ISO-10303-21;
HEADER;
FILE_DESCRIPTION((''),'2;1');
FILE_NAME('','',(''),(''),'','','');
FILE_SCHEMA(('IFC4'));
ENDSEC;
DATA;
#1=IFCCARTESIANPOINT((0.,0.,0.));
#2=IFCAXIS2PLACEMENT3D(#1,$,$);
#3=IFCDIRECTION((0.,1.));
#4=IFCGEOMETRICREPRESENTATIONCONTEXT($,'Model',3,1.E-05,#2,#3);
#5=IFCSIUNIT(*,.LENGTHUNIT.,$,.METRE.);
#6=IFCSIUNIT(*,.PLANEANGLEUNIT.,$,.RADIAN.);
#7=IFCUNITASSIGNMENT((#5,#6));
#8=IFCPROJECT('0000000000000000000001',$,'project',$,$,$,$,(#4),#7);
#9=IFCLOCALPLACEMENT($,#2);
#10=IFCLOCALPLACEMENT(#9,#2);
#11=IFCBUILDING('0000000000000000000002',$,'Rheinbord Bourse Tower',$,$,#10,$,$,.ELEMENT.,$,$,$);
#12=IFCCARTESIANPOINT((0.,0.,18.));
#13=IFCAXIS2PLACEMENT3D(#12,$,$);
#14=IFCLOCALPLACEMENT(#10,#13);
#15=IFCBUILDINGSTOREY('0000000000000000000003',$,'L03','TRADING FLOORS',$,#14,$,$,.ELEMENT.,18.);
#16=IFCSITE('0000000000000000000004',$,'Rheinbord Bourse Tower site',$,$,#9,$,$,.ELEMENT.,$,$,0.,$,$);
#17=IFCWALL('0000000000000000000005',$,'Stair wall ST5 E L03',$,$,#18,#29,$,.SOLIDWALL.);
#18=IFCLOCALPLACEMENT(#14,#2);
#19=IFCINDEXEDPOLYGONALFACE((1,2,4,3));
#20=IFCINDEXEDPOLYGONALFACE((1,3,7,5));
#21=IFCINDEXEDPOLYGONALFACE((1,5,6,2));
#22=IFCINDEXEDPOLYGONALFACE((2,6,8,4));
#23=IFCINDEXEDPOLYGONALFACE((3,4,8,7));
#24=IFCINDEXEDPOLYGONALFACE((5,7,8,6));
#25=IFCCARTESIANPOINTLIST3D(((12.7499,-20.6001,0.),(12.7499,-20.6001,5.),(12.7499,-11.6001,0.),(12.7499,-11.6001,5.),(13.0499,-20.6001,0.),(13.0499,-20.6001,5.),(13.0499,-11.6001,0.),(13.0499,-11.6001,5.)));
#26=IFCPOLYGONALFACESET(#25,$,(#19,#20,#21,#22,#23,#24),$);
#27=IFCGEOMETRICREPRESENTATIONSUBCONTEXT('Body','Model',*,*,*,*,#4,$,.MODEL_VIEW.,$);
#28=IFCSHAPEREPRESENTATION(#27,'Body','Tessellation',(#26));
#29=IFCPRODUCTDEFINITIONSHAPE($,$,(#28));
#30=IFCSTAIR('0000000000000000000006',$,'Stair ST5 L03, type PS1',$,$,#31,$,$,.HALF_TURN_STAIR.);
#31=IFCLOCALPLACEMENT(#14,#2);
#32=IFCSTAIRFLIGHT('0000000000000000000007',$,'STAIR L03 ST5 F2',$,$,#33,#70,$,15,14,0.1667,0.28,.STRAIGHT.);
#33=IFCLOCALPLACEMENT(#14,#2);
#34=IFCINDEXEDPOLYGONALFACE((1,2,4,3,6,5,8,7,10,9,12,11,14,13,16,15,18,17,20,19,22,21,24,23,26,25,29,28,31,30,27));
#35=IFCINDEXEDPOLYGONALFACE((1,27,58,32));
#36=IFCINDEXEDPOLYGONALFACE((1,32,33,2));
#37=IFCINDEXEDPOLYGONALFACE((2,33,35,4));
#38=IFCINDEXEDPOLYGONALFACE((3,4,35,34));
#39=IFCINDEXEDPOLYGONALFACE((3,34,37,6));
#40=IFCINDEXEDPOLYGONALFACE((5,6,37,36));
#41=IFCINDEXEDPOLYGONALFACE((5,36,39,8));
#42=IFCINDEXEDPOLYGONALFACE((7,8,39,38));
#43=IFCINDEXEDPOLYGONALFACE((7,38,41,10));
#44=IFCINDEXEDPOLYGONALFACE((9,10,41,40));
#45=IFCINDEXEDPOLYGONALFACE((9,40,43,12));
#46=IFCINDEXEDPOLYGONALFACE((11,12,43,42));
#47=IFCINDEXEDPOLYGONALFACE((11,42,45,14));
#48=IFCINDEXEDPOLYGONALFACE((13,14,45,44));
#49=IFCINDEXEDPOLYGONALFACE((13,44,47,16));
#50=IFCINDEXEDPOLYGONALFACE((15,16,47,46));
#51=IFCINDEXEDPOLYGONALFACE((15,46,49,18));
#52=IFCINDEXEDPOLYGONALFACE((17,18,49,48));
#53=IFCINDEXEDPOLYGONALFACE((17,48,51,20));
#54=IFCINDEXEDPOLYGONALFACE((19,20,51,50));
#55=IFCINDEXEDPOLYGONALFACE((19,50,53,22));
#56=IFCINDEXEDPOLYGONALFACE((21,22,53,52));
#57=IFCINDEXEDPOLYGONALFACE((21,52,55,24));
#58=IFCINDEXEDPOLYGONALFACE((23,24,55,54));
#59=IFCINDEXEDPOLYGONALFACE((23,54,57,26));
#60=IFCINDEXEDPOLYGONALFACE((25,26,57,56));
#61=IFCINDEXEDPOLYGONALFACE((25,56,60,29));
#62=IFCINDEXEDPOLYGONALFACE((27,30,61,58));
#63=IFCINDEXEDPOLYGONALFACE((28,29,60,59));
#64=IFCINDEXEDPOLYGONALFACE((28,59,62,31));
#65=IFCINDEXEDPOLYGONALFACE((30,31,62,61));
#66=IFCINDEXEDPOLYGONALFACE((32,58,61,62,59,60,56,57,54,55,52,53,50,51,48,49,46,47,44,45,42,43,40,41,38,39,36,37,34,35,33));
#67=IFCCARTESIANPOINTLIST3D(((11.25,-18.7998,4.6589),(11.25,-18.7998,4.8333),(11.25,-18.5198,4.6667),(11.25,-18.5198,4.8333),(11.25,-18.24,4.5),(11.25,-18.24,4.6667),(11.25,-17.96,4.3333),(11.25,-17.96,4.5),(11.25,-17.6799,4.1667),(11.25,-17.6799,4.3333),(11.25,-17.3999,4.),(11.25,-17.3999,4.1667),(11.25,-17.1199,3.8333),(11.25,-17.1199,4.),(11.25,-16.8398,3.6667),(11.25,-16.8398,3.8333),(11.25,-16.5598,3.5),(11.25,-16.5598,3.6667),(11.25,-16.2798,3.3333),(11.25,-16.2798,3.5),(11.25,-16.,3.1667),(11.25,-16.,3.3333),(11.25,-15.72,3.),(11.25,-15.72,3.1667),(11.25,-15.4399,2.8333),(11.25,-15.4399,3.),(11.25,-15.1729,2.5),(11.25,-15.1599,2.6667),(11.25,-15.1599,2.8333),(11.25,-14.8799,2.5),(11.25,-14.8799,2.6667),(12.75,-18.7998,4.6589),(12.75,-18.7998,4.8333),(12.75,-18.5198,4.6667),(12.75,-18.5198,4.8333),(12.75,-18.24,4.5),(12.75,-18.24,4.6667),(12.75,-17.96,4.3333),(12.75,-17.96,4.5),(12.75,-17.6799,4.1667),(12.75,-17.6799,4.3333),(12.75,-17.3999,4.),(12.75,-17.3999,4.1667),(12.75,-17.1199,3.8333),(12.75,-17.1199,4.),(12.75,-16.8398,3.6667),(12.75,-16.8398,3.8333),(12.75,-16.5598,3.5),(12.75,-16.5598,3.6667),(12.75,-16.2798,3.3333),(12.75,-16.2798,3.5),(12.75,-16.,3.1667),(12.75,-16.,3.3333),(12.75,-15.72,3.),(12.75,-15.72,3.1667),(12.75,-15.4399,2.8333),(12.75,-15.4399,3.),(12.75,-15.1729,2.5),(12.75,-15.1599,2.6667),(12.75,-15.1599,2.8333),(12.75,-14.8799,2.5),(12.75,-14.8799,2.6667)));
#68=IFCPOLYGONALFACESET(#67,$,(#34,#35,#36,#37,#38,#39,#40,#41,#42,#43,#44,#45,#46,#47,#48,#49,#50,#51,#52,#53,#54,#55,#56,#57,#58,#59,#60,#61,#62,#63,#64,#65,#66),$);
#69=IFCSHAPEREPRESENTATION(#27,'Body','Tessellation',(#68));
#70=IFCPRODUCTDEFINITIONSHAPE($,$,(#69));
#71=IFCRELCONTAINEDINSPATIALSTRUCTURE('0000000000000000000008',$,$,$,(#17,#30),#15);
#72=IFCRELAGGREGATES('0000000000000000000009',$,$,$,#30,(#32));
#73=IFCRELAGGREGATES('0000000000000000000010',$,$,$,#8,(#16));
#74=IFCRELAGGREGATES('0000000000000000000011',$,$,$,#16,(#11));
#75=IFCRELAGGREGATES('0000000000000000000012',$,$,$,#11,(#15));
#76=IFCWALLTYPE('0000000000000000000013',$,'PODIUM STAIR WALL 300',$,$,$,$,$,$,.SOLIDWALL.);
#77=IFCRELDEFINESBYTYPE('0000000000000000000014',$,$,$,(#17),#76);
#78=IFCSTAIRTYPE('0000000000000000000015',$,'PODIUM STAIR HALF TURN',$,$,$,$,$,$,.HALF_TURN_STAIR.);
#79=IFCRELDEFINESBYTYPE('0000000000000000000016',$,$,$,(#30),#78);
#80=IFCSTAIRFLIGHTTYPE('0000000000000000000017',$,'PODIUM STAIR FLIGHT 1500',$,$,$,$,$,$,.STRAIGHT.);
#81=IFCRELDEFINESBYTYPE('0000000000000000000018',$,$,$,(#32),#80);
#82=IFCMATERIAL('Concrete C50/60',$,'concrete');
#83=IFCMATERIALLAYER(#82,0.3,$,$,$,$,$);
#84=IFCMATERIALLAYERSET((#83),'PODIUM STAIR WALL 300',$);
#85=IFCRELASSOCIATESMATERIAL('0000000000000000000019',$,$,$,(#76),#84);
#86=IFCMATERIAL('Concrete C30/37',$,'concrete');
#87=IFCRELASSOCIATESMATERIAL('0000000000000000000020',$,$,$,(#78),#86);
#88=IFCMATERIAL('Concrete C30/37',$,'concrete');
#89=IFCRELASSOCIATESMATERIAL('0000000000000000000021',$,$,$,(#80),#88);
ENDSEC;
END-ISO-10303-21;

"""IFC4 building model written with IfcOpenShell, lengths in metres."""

from ifc_helpers import new_model, si_unit, direction, frame, frame_2d, origin, place, context, subcontext, project, spatial, polyline, rectangle, outline, extrude, material, layer, layer_set, type_object, element, aggregate, save


model = new_model("IFC4")

# Units and contexts
model_context = context("Model", 3, precision=1e-05, world=origin(), true_north=direction((0.0, 1.0)))
body_context = subcontext(model_context, "Body", "Model", "MODEL_VIEW")
ifc_project = project(units=[si_unit("LENGTHUNIT", "METRE"), si_unit("PLANEANGLEUNIT", "RADIAN")], contexts=[model_context])

# Site, building, storey
site_placement = place(None, origin())
site = spatial("IfcSite", under=ifc_project, at=site_placement, Name="Rheinbord Bourse Tower site", CompositionType="ELEMENT", RefElevation=0.0)
building_placement = place(site_placement, origin())
building = spatial("IfcBuilding", under=site, at=building_placement, Name="Rheinbord Bourse Tower", CompositionType="ELEMENT")
storey_placement = place(building_placement, frame((0.0, 0.0, 18.0)))
storey = spatial("IfcBuildingStorey", under=building, at=storey_placement, Name="L03", Description="TRADING FLOORS", CompositionType="ELEMENT", Elevation=18.0)

# Wall
ifc_material_1 = material(Name="Concrete C50/60", Category="concrete")
ifc_layer_1 = layer(ifc_material_1, 0.3)
ifc_layer_set_1 = layer_set([ifc_layer_1], Name="PODIUM STAIR WALL 300")
wall_type = type_object("IfcWallType", Name="PODIUM STAIR WALL 300", PredefinedType="SOLIDWALL", material=ifc_layer_set_1)
wall_placement = place(storey_placement, frame((12.8999, -20.6001, 0.0), z_axis=(0.0, 0.0, 1.0), x_axis=(0.0, 1.0, 0.0)))
element("IfcWall", 1, at=wall_placement, inside=storey, type_object=wall_type, Name="Stair wall ST5 E L03", PredefinedType="SOLIDWALL", context=body_context, shape_type="SweptSolid", body=[
    extrude(rectangle(XDim=9.0, YDim=0.3, at=frame_2d((4.5, 0.0))), origin(), (0.0, 0.0, 1.0), 5.0),
])

# Stair, stair flight
ifc_material_2 = material(Name="Concrete C30/37", Category="concrete")
stair_type = type_object("IfcStairType", Name="PODIUM STAIR HALF TURN", PredefinedType="HALF_TURN_STAIR", material=ifc_material_2)
stair_placement = place(storey_placement, origin())
stair = element("IfcStair", 2, at=stair_placement, inside=storey, type_object=stair_type, Name="Stair ST5 L03, type PS1", PredefinedType="HALF_TURN_STAIR")
ifc_material_3 = material(Name="Concrete C30/37", Category="concrete")
stair_flight_type = type_object("IfcStairFlightType", Name="PODIUM STAIR FLIGHT 1500", PredefinedType="STRAIGHT", material=ifc_material_3)
stair_flight_placement = place(storey_placement, frame((12.0, -14.8799, 2.5), z_axis=(0.0, 0.0, 1.0), x_axis=(0.0, -1.0, 0.0)))
stair_flight = element("IfcStairFlight", 3, at=stair_flight_placement, type_object=stair_flight_type, Name="STAIR L03 ST5 F2", NumberOfRisers=15, NumberOfTreads=14, PredefinedType="STRAIGHT", RiserHeight=0.1667, TreadLength=0.28, context=body_context, shape_type="SweptSolid", body=[
    extrude(outline(polyline([(0.0, 0.0), (0.0, 0.1667), (0.28, 0.1667), (0.28, 0.3333), (0.5601, 0.3333), (0.5601, 0.5), (0.8401, 0.5), (0.8401, 0.6667), (1.1201, 0.6667), (1.1201, 0.8333), (1.3999, 0.8333), (1.3999, 1.0), (1.6799, 1.0), (1.6799, 1.1667), (1.96, 1.1667), (1.96, 1.3333), (2.24, 1.3333), (2.24, 1.5), (2.52, 1.5), (2.52, 1.6667), (2.8, 1.6667), (2.8, 1.8333), (3.0801, 1.8333), (3.0801, 2.0), (3.3601, 2.0), (3.3601, 2.1667), (3.6399, 2.1667), (3.6399, 2.3333), (3.9199, 2.3333), (3.9199, 2.5), (3.9199, 2.1589), (0.293, 0.0), (0.0, 0.0)])), frame((0.0, 0.75, 0.0), z_axis=(0.0, -1.0, 0.0), x_axis=(1.0, 0.0, 0.0)), (0.0, 0.0, 1.0), 1.5),
])
aggregate(stair, [stair_flight])

save(model, "model.ifc")
